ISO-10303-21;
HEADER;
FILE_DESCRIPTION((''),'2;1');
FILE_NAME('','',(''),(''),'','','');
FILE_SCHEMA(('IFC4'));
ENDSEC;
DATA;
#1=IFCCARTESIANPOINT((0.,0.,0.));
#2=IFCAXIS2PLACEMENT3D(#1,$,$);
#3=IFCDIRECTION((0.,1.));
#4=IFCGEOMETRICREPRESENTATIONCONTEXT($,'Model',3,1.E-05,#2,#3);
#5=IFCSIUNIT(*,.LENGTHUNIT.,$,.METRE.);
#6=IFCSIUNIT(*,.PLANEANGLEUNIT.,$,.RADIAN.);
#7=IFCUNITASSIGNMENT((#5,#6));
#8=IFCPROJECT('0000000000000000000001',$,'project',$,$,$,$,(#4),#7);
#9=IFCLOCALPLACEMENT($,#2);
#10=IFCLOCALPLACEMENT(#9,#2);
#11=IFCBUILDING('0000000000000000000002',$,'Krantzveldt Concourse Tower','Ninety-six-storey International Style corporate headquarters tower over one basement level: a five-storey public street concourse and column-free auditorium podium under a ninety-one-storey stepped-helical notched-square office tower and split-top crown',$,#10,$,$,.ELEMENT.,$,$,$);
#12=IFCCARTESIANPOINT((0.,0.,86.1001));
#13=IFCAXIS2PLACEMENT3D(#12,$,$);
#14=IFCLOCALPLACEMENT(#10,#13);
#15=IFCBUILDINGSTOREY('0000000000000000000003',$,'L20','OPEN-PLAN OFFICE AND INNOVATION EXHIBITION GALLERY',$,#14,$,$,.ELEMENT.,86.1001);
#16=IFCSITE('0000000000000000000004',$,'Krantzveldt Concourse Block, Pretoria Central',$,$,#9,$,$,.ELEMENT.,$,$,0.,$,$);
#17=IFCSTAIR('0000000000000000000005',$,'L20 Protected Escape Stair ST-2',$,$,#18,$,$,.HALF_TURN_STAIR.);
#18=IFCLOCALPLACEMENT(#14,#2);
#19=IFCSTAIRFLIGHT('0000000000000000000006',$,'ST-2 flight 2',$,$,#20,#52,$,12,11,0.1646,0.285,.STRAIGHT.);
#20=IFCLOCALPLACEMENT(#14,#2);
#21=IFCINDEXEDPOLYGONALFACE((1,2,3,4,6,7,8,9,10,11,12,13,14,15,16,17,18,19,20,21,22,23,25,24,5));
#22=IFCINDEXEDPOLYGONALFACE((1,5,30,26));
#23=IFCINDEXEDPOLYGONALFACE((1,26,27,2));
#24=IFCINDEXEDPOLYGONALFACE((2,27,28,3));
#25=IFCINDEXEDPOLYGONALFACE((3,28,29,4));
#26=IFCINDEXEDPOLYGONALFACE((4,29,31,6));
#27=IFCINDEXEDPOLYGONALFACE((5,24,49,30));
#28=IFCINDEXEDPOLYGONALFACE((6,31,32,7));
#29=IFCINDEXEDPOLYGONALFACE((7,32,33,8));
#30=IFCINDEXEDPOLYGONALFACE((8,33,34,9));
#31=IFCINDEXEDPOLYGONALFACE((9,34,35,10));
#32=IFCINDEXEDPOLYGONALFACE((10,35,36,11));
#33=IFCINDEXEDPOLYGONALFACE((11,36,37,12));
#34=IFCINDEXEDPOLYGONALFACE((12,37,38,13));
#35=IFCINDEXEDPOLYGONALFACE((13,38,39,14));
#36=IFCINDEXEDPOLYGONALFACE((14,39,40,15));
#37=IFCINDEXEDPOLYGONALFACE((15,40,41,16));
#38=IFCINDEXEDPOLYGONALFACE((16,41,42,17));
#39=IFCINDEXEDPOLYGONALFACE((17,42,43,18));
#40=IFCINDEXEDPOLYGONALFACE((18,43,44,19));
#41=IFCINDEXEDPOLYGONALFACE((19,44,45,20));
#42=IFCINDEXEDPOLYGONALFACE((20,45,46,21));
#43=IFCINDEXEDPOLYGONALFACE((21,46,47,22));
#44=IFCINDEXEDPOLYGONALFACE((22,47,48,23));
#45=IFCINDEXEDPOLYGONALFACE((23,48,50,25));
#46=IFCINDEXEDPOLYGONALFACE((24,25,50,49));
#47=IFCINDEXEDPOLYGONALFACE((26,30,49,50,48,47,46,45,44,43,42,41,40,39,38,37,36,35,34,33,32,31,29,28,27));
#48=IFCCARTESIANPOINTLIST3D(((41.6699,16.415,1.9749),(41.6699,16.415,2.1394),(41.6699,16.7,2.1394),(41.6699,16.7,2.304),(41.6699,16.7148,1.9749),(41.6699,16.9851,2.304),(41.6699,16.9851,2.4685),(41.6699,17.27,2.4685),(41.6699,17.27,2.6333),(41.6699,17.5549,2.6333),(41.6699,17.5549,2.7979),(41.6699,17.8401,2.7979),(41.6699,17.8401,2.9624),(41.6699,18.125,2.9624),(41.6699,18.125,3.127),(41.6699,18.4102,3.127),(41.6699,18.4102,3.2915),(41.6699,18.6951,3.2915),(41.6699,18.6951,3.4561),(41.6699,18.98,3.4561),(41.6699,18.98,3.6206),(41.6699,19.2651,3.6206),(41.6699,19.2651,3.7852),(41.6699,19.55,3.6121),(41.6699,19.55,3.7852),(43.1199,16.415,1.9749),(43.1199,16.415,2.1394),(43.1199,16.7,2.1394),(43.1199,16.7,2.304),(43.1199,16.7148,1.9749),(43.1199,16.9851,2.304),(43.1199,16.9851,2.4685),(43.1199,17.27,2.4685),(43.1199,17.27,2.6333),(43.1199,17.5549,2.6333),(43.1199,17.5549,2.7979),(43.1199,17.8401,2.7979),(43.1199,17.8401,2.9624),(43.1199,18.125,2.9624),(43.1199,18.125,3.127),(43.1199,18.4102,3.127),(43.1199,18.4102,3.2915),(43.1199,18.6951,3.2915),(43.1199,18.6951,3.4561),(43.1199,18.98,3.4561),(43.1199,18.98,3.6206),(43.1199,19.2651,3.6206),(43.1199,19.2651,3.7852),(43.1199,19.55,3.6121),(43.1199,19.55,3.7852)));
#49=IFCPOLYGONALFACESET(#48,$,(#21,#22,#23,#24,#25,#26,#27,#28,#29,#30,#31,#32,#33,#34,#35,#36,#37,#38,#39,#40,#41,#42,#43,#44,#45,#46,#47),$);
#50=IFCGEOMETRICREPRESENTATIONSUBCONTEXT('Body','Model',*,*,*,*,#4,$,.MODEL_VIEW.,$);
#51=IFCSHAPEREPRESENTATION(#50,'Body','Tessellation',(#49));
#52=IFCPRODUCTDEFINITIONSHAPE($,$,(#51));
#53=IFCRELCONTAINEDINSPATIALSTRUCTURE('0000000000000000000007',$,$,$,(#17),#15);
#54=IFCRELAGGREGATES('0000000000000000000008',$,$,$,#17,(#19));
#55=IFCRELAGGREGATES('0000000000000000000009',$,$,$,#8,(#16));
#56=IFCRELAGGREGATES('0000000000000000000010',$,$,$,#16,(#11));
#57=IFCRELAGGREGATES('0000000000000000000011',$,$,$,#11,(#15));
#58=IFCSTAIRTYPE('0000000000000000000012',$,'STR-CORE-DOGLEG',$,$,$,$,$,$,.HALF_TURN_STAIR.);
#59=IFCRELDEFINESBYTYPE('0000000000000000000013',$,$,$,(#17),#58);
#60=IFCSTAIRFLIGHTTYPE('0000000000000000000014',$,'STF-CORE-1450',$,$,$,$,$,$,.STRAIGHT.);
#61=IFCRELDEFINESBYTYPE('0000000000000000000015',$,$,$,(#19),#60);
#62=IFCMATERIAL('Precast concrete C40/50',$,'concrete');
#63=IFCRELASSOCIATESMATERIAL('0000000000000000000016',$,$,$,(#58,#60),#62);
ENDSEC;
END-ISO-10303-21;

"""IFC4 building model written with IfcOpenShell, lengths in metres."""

from ifc_helpers import new_model, si_unit, direction, frame, origin, place, context, subcontext, project, spatial, polyline, outline, extrude, material, type_object, element, aggregate, save


model = new_model("IFC4")

# Units and contexts
model_context = context("Model", 3, precision=1e-05, world=origin(), true_north=direction((0.0, 1.0)))
body_context = subcontext(model_context, "Body", "Model", "MODEL_VIEW")
ifc_project = project(units=[si_unit("LENGTHUNIT", "METRE"), si_unit("PLANEANGLEUNIT", "RADIAN")], contexts=[model_context])

# Site, building, storey
site_placement = place(None, origin())
site = spatial("IfcSite", under=ifc_project, at=site_placement, Name="Krantzveldt Concourse Block, Pretoria Central", CompositionType="ELEMENT", RefElevation=0.0)
building_placement = place(site_placement, origin())
building = spatial("IfcBuilding", under=site, at=building_placement, Name="Krantzveldt Concourse Tower", Description="Ninety-six-storey International Style corporate headquarters tower over one basement level: a five-storey public street concourse and column-free auditorium podium under a ninety-one-storey stepped-helical notched-square office tower and split-top crown", CompositionType="ELEMENT")
storey_placement = place(building_placement, frame((0.0, 0.0, 86.1001)))
storey = spatial("IfcBuildingStorey", under=building, at=storey_placement, Name="L20", Description="OPEN-PLAN OFFICE AND INNOVATION EXHIBITION GALLERY", CompositionType="ELEMENT", Elevation=86.1001)

# Stair, stair flight
ifc_material_1 = material(Name="Precast concrete C40/50", Category="concrete")
stair_type = type_object("IfcStairType", Name="STR-CORE-DOGLEG", PredefinedType="HALF_TURN_STAIR", material=ifc_material_1)
stair_placement = place(storey_placement, origin())
stair = element("IfcStair", 1, at=stair_placement, inside=storey, type_object=stair_type, Name="L20 Protected Escape Stair ST-2", PredefinedType="HALF_TURN_STAIR")
stair_flight_type = type_object("IfcStairFlightType", Name="STF-CORE-1450", PredefinedType="STRAIGHT", material=ifc_material_1)
stair_flight_1_placement = place(storey_placement, frame((42.395, 16.415, 1.9749), z_axis=(0.0, 0.0, 1.0), x_axis=(0.0, 1.0, 0.0)))
stair_flight_1 = element("IfcStairFlight", 2, at=stair_flight_1_placement, type_object=stair_flight_type, Name="ST-2 flight 2", NumberOfRisers=12, NumberOfTreads=11, PredefinedType="STRAIGHT", RiserHeight=0.1646, TreadLength=0.285, context=body_context, shape_type="SweptSolid", body=[
    extrude(outline(polyline([(0.0, 0.0), (0.0, 0.1646), (0.2849, 0.1646), (0.2849, 0.3291), (0.5701, 0.3291), (0.5701, 0.4937), (0.855, 0.4937), (0.855, 0.6584), (1.1399, 0.6584), (1.1399, 0.823), (1.425, 0.823), (1.425, 0.9875), (1.71, 0.9875), (1.71, 1.1521), (1.9951, 1.1521), (1.9951, 1.3167), (2.28, 1.3167), (2.28, 1.4812), (2.5649, 1.4812), (2.5649, 1.6458), (2.8501, 1.6458), (2.8501, 1.8103), (3.135, 1.8103), (3.135, 1.9751), (3.135, 1.6372), (0.2998, 0.0), (0.0, 0.0)])), frame((0.0, 0.7251, 0.0), z_axis=(0.0, -1.0, 0.0), x_axis=(1.0, 0.0, 0.0)), (0.0, 0.0, 1.0), 1.45),
])
aggregate(stair, [stair_flight_1])

save(model, "model.ifc")
